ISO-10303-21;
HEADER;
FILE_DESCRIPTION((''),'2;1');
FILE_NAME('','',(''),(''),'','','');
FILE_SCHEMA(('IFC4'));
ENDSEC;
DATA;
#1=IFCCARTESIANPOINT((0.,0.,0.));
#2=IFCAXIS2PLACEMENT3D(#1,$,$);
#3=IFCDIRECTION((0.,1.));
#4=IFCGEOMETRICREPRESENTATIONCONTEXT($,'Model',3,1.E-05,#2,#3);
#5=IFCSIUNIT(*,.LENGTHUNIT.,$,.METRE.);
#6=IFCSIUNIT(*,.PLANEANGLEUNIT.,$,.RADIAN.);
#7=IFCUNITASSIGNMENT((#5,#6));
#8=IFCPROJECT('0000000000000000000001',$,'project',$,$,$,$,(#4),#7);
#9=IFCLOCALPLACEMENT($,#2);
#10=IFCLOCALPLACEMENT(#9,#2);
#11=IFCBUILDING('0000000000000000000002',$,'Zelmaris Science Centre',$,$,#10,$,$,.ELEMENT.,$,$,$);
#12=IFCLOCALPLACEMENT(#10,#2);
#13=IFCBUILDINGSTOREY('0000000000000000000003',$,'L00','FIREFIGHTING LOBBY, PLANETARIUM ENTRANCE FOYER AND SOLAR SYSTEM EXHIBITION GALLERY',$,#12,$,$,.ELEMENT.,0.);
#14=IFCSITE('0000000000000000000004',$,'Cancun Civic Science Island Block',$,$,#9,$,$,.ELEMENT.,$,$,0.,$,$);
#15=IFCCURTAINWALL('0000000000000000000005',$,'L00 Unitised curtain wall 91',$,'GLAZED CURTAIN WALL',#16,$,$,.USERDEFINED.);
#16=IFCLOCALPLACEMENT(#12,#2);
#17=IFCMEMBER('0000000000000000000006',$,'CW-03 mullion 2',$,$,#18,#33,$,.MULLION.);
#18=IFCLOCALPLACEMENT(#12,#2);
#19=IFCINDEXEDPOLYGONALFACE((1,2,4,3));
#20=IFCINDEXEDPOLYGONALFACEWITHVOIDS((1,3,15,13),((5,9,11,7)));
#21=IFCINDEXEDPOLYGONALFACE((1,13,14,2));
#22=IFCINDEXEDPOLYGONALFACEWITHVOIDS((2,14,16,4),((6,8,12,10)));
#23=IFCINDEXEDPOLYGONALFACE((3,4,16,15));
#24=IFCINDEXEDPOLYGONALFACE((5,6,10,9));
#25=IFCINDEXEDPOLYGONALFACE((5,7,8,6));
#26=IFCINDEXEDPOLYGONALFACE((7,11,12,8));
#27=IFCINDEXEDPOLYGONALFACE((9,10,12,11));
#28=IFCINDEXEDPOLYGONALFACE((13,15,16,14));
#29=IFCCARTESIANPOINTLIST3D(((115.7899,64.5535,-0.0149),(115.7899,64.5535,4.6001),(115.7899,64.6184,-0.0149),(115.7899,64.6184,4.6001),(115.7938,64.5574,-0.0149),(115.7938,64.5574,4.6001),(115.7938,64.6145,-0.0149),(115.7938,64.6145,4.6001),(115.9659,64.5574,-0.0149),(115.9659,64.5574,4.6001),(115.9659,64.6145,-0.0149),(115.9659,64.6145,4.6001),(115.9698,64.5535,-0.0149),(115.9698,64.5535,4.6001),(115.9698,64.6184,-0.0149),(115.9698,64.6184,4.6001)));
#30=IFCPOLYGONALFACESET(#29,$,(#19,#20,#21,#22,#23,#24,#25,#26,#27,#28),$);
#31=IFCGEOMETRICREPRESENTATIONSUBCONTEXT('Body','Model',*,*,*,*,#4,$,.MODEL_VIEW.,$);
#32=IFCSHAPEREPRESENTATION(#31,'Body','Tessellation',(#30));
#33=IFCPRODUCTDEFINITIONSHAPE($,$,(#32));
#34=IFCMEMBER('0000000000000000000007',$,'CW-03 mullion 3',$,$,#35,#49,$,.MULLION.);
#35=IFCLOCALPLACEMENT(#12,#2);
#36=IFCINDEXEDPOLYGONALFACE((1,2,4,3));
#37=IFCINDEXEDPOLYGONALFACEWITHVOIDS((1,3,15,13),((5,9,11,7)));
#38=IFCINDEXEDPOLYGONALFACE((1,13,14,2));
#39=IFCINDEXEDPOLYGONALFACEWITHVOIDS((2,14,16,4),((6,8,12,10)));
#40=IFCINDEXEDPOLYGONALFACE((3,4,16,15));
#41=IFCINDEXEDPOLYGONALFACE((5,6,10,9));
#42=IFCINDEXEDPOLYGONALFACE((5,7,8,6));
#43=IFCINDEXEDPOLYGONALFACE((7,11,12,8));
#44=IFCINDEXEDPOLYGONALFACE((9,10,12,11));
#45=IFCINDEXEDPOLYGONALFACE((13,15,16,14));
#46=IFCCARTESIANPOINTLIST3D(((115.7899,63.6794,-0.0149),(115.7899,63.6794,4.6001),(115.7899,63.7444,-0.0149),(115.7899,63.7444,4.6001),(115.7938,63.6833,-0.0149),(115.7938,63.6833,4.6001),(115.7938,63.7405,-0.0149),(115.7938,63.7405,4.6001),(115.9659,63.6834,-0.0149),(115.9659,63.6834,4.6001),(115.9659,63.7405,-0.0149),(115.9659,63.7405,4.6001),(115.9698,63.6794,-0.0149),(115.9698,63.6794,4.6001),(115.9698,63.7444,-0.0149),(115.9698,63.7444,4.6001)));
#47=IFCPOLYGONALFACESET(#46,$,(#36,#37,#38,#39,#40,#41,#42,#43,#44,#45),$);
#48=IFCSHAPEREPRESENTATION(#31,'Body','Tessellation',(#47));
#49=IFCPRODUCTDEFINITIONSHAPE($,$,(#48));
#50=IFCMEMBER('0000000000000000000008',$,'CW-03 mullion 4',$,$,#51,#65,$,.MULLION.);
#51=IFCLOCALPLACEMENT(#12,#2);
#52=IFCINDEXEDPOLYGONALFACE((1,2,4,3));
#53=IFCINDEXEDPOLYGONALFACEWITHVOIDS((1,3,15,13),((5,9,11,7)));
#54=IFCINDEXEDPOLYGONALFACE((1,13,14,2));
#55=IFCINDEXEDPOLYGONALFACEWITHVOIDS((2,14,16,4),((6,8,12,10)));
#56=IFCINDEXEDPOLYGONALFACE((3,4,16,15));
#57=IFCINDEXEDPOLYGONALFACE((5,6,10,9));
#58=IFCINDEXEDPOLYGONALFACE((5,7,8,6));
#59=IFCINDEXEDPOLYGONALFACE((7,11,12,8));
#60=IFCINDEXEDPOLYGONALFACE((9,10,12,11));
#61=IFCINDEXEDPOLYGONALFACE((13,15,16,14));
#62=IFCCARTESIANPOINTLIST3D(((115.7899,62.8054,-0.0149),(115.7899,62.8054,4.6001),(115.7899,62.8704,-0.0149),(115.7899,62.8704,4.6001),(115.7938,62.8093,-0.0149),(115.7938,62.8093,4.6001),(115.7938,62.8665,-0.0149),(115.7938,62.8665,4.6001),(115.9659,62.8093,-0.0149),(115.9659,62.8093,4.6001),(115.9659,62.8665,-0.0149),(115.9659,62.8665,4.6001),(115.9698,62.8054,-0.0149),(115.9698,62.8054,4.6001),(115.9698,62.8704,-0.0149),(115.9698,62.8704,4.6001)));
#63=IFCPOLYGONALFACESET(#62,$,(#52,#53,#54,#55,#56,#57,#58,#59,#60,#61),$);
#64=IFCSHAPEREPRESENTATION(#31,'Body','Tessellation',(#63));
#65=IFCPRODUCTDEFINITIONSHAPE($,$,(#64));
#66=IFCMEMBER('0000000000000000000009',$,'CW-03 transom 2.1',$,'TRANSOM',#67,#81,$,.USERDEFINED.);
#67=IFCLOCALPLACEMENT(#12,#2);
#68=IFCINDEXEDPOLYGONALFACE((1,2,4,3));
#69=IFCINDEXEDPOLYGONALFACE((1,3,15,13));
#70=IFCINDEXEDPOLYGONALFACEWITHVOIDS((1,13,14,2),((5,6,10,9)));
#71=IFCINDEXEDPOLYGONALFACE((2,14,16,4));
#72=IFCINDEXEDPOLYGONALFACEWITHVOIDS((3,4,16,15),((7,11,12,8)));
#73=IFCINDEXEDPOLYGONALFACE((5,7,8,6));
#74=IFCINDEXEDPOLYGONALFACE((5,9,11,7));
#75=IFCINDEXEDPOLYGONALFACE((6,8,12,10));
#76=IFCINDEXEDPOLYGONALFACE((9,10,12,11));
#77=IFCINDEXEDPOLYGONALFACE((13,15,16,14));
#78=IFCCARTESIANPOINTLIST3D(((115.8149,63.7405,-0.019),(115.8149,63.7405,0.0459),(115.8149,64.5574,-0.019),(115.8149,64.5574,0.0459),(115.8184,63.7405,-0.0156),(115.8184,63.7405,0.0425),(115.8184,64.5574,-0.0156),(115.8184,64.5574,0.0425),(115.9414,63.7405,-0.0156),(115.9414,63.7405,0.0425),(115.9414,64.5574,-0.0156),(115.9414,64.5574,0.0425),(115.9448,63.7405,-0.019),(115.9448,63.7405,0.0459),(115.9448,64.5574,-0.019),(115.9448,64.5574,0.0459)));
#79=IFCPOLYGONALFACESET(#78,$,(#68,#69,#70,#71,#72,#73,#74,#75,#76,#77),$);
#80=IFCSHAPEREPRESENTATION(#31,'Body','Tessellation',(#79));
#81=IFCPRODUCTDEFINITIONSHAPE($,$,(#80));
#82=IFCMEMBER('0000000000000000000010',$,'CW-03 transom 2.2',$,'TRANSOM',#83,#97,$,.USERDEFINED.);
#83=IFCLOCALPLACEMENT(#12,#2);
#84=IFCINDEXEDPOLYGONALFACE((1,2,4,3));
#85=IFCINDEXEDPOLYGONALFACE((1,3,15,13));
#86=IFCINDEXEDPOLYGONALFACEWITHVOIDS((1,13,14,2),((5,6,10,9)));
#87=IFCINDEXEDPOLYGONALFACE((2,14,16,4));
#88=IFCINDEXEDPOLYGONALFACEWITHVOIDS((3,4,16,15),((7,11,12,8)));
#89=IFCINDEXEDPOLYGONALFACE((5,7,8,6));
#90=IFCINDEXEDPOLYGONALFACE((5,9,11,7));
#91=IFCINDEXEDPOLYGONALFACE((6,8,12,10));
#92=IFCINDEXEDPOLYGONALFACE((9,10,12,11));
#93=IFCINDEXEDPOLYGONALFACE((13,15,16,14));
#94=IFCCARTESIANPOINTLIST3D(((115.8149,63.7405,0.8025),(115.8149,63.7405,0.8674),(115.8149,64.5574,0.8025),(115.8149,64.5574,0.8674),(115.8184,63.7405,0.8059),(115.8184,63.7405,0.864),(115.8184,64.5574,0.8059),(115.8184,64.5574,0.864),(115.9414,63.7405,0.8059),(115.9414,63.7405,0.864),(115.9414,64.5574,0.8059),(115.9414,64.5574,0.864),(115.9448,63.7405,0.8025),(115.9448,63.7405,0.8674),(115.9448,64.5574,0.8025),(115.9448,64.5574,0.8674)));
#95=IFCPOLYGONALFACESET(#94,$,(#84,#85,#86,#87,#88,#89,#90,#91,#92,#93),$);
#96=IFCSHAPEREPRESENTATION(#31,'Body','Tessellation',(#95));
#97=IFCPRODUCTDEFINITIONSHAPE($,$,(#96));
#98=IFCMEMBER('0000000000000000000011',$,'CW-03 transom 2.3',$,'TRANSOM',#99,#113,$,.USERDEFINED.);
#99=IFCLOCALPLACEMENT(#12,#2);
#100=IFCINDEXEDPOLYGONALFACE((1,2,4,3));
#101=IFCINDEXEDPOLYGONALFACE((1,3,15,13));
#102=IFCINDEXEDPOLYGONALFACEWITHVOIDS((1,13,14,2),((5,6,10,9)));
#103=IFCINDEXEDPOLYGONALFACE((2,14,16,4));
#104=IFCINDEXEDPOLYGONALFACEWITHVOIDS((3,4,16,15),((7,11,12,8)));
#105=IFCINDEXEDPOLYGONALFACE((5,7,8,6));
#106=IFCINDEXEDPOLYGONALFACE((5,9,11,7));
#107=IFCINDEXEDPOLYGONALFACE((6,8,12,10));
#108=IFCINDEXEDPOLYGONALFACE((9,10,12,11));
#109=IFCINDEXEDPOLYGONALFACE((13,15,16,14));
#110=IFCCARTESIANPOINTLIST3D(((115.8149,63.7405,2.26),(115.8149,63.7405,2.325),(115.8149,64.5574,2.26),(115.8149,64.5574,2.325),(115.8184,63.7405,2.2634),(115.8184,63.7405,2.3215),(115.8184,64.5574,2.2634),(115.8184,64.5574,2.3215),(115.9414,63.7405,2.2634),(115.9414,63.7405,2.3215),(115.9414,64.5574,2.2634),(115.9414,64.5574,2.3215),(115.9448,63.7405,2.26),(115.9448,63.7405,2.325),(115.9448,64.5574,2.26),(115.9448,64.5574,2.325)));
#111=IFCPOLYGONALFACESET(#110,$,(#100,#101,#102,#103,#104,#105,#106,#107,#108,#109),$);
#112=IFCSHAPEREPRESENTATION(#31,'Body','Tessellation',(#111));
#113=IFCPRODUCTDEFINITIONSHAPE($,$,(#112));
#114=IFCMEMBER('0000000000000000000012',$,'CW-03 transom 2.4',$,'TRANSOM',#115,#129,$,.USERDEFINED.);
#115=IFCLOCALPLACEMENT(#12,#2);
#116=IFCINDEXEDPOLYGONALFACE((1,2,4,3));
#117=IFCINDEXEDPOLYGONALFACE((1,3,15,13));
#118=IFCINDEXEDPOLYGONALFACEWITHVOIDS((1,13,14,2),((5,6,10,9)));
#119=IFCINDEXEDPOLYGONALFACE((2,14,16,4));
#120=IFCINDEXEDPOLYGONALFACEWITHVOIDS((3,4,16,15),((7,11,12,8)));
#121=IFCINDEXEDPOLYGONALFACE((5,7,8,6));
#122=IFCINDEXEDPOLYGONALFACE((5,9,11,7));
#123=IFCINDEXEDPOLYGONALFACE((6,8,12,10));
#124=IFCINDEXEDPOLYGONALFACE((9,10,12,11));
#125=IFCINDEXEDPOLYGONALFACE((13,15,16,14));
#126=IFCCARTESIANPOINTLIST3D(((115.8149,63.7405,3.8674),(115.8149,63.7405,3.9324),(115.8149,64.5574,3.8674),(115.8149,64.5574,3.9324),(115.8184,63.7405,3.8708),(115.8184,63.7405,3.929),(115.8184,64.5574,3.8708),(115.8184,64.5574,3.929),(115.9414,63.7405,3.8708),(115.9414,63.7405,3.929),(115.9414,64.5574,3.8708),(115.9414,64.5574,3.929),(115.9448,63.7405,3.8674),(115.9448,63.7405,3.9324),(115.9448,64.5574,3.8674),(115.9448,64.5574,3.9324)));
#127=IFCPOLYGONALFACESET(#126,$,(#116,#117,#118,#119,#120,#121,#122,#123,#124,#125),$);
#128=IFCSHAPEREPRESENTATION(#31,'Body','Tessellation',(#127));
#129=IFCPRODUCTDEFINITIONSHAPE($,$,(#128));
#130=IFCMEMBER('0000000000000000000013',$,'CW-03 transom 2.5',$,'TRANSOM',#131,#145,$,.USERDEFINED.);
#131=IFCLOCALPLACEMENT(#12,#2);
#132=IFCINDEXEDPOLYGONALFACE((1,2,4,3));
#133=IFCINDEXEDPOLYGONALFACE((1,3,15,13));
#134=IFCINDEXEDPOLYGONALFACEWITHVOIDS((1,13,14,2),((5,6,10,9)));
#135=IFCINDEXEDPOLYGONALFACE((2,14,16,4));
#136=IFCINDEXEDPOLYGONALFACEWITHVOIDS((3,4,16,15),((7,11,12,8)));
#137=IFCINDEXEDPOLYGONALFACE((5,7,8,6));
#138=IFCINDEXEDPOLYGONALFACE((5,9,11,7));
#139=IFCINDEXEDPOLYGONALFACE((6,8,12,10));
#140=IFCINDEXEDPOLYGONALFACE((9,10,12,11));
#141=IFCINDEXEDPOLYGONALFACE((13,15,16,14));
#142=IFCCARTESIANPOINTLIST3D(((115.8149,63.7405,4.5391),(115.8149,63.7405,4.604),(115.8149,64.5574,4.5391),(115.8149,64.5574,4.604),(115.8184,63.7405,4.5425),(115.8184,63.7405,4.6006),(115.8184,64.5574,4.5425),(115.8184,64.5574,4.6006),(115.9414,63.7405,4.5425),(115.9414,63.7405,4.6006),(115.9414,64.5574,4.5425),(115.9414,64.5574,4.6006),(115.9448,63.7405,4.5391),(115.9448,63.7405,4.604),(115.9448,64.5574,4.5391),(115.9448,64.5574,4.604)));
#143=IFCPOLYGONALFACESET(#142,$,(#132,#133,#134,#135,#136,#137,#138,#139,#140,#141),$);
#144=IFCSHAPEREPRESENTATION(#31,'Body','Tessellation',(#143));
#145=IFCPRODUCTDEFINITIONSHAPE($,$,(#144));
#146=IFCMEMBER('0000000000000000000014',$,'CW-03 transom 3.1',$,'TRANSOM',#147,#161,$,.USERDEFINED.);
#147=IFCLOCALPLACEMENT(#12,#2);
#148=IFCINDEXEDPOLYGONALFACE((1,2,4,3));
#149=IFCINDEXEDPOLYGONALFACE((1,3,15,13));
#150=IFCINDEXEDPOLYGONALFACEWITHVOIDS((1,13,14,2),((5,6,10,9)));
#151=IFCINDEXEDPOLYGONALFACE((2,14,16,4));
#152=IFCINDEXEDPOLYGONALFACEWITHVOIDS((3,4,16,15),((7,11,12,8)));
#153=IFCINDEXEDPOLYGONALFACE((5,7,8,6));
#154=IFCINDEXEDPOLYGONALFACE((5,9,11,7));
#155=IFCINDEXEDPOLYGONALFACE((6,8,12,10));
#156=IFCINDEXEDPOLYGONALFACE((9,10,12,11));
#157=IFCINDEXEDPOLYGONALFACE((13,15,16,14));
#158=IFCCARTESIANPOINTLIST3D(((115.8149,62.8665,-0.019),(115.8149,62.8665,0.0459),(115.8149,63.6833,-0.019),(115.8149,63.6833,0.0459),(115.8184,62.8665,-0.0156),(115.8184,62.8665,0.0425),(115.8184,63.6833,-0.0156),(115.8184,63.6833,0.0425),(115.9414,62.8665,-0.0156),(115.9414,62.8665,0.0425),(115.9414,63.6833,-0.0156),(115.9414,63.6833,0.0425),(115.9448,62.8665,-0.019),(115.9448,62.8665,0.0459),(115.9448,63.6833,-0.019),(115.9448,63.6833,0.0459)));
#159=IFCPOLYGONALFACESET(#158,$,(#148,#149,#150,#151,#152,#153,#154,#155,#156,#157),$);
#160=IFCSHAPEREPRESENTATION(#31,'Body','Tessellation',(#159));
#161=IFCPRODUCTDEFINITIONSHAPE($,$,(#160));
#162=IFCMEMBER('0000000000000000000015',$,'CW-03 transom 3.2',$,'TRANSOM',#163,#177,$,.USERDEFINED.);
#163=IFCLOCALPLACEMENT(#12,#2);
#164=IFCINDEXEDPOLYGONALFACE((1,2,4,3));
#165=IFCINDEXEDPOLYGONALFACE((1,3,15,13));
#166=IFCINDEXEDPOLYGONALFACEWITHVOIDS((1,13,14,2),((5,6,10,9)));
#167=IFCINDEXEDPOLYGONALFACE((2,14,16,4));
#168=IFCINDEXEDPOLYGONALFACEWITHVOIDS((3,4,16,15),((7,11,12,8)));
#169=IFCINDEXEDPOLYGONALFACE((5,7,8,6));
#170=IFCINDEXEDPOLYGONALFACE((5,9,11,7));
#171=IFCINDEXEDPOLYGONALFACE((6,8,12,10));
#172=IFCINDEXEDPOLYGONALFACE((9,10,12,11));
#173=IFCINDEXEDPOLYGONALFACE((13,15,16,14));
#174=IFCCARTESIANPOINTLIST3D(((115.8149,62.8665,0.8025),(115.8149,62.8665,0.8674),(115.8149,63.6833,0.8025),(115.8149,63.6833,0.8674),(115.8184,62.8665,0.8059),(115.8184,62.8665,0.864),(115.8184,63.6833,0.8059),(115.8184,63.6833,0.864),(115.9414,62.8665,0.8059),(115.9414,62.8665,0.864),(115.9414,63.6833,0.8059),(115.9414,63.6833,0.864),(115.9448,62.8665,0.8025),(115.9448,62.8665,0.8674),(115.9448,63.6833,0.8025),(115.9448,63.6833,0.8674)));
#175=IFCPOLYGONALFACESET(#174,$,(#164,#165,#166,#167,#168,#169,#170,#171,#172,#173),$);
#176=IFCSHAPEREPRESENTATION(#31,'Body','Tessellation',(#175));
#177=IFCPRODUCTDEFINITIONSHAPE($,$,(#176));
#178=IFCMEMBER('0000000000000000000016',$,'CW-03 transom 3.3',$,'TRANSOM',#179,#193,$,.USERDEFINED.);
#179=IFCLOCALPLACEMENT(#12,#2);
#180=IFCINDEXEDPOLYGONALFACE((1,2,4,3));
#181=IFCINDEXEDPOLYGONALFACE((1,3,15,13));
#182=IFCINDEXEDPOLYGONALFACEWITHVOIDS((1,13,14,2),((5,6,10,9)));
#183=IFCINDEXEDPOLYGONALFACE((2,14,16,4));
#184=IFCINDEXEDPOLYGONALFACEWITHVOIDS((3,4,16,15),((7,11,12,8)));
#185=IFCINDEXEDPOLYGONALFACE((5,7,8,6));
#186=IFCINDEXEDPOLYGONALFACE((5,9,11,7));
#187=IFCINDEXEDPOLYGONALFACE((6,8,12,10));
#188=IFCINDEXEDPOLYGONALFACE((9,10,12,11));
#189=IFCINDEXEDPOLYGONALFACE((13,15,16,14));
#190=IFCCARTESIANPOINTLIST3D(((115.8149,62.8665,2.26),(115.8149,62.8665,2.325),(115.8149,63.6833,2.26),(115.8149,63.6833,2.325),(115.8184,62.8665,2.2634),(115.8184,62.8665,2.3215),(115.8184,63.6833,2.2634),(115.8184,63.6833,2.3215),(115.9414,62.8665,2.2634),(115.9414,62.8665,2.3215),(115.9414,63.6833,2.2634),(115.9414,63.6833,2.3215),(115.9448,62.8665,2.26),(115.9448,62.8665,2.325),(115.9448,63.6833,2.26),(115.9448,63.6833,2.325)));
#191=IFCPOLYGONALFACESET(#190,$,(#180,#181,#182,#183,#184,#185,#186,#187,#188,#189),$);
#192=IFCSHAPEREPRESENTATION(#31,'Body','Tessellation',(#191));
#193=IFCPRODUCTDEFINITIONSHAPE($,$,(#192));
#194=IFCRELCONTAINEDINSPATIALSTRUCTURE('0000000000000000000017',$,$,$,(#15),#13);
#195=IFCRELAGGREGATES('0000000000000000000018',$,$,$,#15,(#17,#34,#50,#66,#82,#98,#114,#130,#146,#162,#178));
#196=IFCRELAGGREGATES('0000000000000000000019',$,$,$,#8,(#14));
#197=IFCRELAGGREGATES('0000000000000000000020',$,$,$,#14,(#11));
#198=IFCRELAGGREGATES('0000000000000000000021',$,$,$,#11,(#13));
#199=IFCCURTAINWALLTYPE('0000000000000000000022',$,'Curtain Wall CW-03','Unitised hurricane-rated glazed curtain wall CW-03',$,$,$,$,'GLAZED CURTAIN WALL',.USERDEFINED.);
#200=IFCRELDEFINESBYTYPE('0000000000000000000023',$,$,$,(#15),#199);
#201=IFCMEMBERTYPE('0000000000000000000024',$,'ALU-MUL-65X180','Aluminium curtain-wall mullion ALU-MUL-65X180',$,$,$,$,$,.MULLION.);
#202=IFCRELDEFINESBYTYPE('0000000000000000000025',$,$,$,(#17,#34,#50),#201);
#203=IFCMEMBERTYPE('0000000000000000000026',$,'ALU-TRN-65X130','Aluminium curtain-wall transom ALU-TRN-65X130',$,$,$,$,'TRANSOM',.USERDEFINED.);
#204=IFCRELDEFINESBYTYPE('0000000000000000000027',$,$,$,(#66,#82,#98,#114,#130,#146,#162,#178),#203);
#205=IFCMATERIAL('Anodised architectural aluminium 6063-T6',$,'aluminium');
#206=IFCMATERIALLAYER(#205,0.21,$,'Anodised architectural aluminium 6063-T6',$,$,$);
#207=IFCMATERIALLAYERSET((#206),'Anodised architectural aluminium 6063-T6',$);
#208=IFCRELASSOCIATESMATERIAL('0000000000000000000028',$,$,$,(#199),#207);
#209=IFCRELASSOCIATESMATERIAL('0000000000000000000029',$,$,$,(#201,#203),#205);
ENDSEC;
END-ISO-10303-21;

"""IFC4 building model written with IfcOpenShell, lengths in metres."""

from ifc_helpers import new_model, si_unit, direction, frame, origin, origin_2d, place, context, subcontext, project, spatial, hollow_rectangle, extrude, material, layer, layer_set, material_profile, profile_set, type_object, element, aggregate, save


model = new_model("IFC4")

# Units and contexts
model_context = context("Model", 3, precision=1e-05, world=origin(), true_north=direction((0.0, 1.0)))
body_context = subcontext(model_context, "Body", "Model", "MODEL_VIEW")
ifc_project = project(units=[si_unit("LENGTHUNIT", "METRE"), si_unit("PLANEANGLEUNIT", "RADIAN")], contexts=[model_context])

# Site, building, storey
site_placement = place(None, origin())
site = spatial("IfcSite", under=ifc_project, at=site_placement, Name="Cancun Civic Science Island Block", CompositionType="ELEMENT", RefElevation=0.0)
building_placement = place(site_placement, origin())
building = spatial("IfcBuilding", under=site, at=building_placement, Name="Zelmaris Science Centre", CompositionType="ELEMENT")
storey_placement = place(building_placement, origin())
storey = spatial("IfcBuildingStorey", under=building, at=storey_placement, Name="L00", Description="FIREFIGHTING LOBBY, PLANETARIUM ENTRANCE FOYER AND SOLAR SYSTEM EXHIBITION GALLERY", CompositionType="ELEMENT", Elevation=0.0)

# Curtain wall, members
ifc_material_1 = material(Name="Anodised architectural aluminium 6063-T6", Category="aluminium")
ifc_layer_1 = layer(ifc_material_1, 0.21, Name="Anodised architectural aluminium 6063-T6")
ifc_layer_set_1 = layer_set([ifc_layer_1], Name="Anodised architectural aluminium 6063-T6")
curtain_wall_type = type_object("IfcCurtainWallType", Name="Curtain Wall CW-03", Description="Unitised hurricane-rated glazed curtain wall CW-03", ElementType="GLAZED CURTAIN WALL", PredefinedType="USERDEFINED", material=ifc_layer_set_1)
curtain_wall_placement = place(storey_placement, origin())
curtain_wall = element("IfcCurtainWall", 1, at=curtain_wall_placement, inside=storey, type_object=curtain_wall_type, Name="L00 Unitised curtain wall 91", ObjectType="GLAZED CURTAIN WALL", PredefinedType="USERDEFINED")
ifc_material_profile_1 = material_profile(ifc_material_1, hollow_rectangle(XDim=0.0649, YDim=0.1799, WallThickness=0.0039, at=origin_2d()), Name="ALU-MUL-65X180")
ifc_profile_set_1 = profile_set([ifc_material_profile_1], Name="Anodised architectural aluminium 6063-T6")
member_type_1 = type_object("IfcMemberType", Name="ALU-MUL-65X180", Description="Aluminium curtain-wall mullion ALU-MUL-65X180", PredefinedType="MULLION", material=ifc_profile_set_1)
member_1_placement = place(storey_placement, frame((115.8799, 64.5859, -0.0149), z_axis=(0.0, 0.0, 1.0), x_axis=(0.000007, -1.0, 0.0)))
member_1 = element("IfcMember", 2, at=member_1_placement, type_object=member_type_1, Name="CW-03 mullion 2", PredefinedType="MULLION", context=body_context, shape_type="SweptSolid", body=[
    extrude(hollow_rectangle(XDim=0.0649, YDim=0.1799, WallThickness=0.0039, at=origin_2d()), origin(), (0.0, 0.0, 1.0), 4.615),
])
member_2_placement = place(storey_placement, frame((115.8799, 63.7119, -0.0149), z_axis=(0.0, 0.0, 1.0), x_axis=(0.000007, -1.0, 0.0)))
member_2 = element("IfcMember", 3, at=member_2_placement, type_object=member_type_1, Name="CW-03 mullion 3", PredefinedType="MULLION", context=body_context, shape_type="SweptSolid", body=[
    extrude(hollow_rectangle(XDim=0.0649, YDim=0.1799, WallThickness=0.0039, at=origin_2d()), origin(), (0.0, 0.0, 1.0), 4.615),
])
member_3_placement = place(storey_placement, frame((115.8799, 62.8379, -0.0149), z_axis=(0.0, 0.0, 1.0), x_axis=(0.000007, -1.0, 0.0)))
member_3 = element("IfcMember", 4, at=member_3_placement, type_object=member_type_1, Name="CW-03 mullion 4", PredefinedType="MULLION", context=body_context, shape_type="SweptSolid", body=[
    extrude(hollow_rectangle(XDim=0.0649, YDim=0.1799, WallThickness=0.0039, at=origin_2d()), origin(), (0.0, 0.0, 1.0), 4.615),
])
ifc_material_profile_2 = material_profile(ifc_material_1, hollow_rectangle(XDim=0.0649, YDim=0.1299, WallThickness=0.0034, at=origin_2d()), Name="ALU-TRN-65X130")
ifc_profile_set_2 = profile_set([ifc_material_profile_2], Name="Anodised architectural aluminium 6063-T6")
member_type_2 = type_object("IfcMemberType", Name="ALU-TRN-65X130", Description="Aluminium curtain-wall transom ALU-TRN-65X130", ElementType="TRANSOM", PredefinedType="USERDEFINED", material=ifc_profile_set_2)
member_4_placement = place(storey_placement, frame((115.8799, 64.5574, 0.0134), z_axis=(0.0, -1.0, 0.0), x_axis=(0.0, 0.0, 1.0)))
member_4 = element("IfcMember", 5, at=member_4_placement, type_object=member_type_2, Name="CW-03 transom 2.1", ObjectType="TRANSOM", PredefinedType="USERDEFINED", context=body_context, shape_type="SweptSolid", body=[
    extrude(hollow_rectangle(XDim=0.0649, YDim=0.1299, WallThickness=0.0034, at=origin_2d()), origin(), (0.0, 0.0, 1.0), 0.8169),
])
member_5_placement = place(storey_placement, frame((115.8799, 64.5574, 0.835), z_axis=(0.0, -1.0, 0.0), x_axis=(0.0, 0.0, 1.0)))
member_5 = element("IfcMember", 6, at=member_5_placement, type_object=member_type_2, Name="CW-03 transom 2.2", ObjectType="TRANSOM", PredefinedType="USERDEFINED", context=body_context, shape_type="SweptSolid", body=[
    extrude(hollow_rectangle(XDim=0.0649, YDim=0.1299, WallThickness=0.0034, at=origin_2d()), origin(), (0.0, 0.0, 1.0), 0.8169),
])
member_6_placement = place(storey_placement, frame((115.8799, 64.5574, 2.2925), z_axis=(0.0, -1.0, 0.0), x_axis=(0.0, 0.0, 1.0)))
member_6 = element("IfcMember", 7, at=member_6_placement, type_object=member_type_2, Name="CW-03 transom 2.3", ObjectType="TRANSOM", PredefinedType="USERDEFINED", context=body_context, shape_type="SweptSolid", body=[
    extrude(hollow_rectangle(XDim=0.0649, YDim=0.1299, WallThickness=0.0034, at=origin_2d()), origin(), (0.0, 0.0, 1.0), 0.8169),
])
member_7_placement = place(storey_placement, frame((115.8799, 64.5574, 3.8999), z_axis=(0.0, -1.0, 0.0), x_axis=(0.0, 0.0, 1.0)))
member_7 = element("IfcMember", 8, at=member_7_placement, type_object=member_type_2, Name="CW-03 transom 2.4", ObjectType="TRANSOM", PredefinedType="USERDEFINED", context=body_context, shape_type="SweptSolid", body=[
    extrude(hollow_rectangle(XDim=0.0649, YDim=0.1299, WallThickness=0.0034, at=origin_2d()), origin(), (0.0, 0.0, 1.0), 0.8169),
])
member_8_placement = place(storey_placement, frame((115.8799, 64.5574, 4.5715), z_axis=(0.0, -1.0, 0.0), x_axis=(0.0, 0.0, 1.0)))
member_8 = element("IfcMember", 9, at=member_8_placement, type_object=member_type_2, Name="CW-03 transom 2.5", ObjectType="TRANSOM", PredefinedType="USERDEFINED", context=body_context, shape_type="SweptSolid", body=[
    extrude(hollow_rectangle(XDim=0.0649, YDim=0.1299, WallThickness=0.0034, at=origin_2d()), origin(), (0.0, 0.0, 1.0), 0.8169),
])
member_9_placement = place(storey_placement, frame((115.8799, 63.6833, 0.0134), z_axis=(0.0, -1.0, 0.0), x_axis=(0.0, 0.0, 1.0)))
member_9 = element("IfcMember", 10, at=member_9_placement, type_object=member_type_2, Name="CW-03 transom 3.1", ObjectType="TRANSOM", PredefinedType="USERDEFINED", context=body_context, shape_type="SweptSolid", body=[
    extrude(hollow_rectangle(XDim=0.0649, YDim=0.1299, WallThickness=0.0034, at=origin_2d()), origin(), (0.0, 0.0, 1.0), 0.8169),
])
member_10_placement = place(storey_placement, frame((115.8799, 63.6833, 0.835), z_axis=(0.0, -1.0, 0.0), x_axis=(0.0, 0.0, 1.0)))
member_10 = element("IfcMember", 11, at=member_10_placement, type_object=member_type_2, Name="CW-03 transom 3.2", ObjectType="TRANSOM", PredefinedType="USERDEFINED", context=body_context, shape_type="SweptSolid", body=[
    extrude(hollow_rectangle(XDim=0.0649, YDim=0.1299, WallThickness=0.0034, at=origin_2d()), origin(), (0.0, 0.0, 1.0), 0.8169),
])
member_11_placement = place(storey_placement, frame((115.8799, 63.6833, 2.2925), z_axis=(0.0, -1.0, 0.0), x_axis=(0.0, 0.0, 1.0)))
member_11 = element("IfcMember", 12, at=member_11_placement, type_object=member_type_2, Name="CW-03 transom 3.3", ObjectType="TRANSOM", PredefinedType="USERDEFINED", context=body_context, shape_type="SweptSolid", body=[
    extrude(hollow_rectangle(XDim=0.0649, YDim=0.1299, WallThickness=0.0034, at=origin_2d()), origin(), (0.0, 0.0, 1.0), 0.8169),
])
aggregate(curtain_wall, [member_1, member_2, member_3, member_4, member_5, member_6, member_7, member_8, member_9, member_10, member_11])

save(model, "model.ifc")
